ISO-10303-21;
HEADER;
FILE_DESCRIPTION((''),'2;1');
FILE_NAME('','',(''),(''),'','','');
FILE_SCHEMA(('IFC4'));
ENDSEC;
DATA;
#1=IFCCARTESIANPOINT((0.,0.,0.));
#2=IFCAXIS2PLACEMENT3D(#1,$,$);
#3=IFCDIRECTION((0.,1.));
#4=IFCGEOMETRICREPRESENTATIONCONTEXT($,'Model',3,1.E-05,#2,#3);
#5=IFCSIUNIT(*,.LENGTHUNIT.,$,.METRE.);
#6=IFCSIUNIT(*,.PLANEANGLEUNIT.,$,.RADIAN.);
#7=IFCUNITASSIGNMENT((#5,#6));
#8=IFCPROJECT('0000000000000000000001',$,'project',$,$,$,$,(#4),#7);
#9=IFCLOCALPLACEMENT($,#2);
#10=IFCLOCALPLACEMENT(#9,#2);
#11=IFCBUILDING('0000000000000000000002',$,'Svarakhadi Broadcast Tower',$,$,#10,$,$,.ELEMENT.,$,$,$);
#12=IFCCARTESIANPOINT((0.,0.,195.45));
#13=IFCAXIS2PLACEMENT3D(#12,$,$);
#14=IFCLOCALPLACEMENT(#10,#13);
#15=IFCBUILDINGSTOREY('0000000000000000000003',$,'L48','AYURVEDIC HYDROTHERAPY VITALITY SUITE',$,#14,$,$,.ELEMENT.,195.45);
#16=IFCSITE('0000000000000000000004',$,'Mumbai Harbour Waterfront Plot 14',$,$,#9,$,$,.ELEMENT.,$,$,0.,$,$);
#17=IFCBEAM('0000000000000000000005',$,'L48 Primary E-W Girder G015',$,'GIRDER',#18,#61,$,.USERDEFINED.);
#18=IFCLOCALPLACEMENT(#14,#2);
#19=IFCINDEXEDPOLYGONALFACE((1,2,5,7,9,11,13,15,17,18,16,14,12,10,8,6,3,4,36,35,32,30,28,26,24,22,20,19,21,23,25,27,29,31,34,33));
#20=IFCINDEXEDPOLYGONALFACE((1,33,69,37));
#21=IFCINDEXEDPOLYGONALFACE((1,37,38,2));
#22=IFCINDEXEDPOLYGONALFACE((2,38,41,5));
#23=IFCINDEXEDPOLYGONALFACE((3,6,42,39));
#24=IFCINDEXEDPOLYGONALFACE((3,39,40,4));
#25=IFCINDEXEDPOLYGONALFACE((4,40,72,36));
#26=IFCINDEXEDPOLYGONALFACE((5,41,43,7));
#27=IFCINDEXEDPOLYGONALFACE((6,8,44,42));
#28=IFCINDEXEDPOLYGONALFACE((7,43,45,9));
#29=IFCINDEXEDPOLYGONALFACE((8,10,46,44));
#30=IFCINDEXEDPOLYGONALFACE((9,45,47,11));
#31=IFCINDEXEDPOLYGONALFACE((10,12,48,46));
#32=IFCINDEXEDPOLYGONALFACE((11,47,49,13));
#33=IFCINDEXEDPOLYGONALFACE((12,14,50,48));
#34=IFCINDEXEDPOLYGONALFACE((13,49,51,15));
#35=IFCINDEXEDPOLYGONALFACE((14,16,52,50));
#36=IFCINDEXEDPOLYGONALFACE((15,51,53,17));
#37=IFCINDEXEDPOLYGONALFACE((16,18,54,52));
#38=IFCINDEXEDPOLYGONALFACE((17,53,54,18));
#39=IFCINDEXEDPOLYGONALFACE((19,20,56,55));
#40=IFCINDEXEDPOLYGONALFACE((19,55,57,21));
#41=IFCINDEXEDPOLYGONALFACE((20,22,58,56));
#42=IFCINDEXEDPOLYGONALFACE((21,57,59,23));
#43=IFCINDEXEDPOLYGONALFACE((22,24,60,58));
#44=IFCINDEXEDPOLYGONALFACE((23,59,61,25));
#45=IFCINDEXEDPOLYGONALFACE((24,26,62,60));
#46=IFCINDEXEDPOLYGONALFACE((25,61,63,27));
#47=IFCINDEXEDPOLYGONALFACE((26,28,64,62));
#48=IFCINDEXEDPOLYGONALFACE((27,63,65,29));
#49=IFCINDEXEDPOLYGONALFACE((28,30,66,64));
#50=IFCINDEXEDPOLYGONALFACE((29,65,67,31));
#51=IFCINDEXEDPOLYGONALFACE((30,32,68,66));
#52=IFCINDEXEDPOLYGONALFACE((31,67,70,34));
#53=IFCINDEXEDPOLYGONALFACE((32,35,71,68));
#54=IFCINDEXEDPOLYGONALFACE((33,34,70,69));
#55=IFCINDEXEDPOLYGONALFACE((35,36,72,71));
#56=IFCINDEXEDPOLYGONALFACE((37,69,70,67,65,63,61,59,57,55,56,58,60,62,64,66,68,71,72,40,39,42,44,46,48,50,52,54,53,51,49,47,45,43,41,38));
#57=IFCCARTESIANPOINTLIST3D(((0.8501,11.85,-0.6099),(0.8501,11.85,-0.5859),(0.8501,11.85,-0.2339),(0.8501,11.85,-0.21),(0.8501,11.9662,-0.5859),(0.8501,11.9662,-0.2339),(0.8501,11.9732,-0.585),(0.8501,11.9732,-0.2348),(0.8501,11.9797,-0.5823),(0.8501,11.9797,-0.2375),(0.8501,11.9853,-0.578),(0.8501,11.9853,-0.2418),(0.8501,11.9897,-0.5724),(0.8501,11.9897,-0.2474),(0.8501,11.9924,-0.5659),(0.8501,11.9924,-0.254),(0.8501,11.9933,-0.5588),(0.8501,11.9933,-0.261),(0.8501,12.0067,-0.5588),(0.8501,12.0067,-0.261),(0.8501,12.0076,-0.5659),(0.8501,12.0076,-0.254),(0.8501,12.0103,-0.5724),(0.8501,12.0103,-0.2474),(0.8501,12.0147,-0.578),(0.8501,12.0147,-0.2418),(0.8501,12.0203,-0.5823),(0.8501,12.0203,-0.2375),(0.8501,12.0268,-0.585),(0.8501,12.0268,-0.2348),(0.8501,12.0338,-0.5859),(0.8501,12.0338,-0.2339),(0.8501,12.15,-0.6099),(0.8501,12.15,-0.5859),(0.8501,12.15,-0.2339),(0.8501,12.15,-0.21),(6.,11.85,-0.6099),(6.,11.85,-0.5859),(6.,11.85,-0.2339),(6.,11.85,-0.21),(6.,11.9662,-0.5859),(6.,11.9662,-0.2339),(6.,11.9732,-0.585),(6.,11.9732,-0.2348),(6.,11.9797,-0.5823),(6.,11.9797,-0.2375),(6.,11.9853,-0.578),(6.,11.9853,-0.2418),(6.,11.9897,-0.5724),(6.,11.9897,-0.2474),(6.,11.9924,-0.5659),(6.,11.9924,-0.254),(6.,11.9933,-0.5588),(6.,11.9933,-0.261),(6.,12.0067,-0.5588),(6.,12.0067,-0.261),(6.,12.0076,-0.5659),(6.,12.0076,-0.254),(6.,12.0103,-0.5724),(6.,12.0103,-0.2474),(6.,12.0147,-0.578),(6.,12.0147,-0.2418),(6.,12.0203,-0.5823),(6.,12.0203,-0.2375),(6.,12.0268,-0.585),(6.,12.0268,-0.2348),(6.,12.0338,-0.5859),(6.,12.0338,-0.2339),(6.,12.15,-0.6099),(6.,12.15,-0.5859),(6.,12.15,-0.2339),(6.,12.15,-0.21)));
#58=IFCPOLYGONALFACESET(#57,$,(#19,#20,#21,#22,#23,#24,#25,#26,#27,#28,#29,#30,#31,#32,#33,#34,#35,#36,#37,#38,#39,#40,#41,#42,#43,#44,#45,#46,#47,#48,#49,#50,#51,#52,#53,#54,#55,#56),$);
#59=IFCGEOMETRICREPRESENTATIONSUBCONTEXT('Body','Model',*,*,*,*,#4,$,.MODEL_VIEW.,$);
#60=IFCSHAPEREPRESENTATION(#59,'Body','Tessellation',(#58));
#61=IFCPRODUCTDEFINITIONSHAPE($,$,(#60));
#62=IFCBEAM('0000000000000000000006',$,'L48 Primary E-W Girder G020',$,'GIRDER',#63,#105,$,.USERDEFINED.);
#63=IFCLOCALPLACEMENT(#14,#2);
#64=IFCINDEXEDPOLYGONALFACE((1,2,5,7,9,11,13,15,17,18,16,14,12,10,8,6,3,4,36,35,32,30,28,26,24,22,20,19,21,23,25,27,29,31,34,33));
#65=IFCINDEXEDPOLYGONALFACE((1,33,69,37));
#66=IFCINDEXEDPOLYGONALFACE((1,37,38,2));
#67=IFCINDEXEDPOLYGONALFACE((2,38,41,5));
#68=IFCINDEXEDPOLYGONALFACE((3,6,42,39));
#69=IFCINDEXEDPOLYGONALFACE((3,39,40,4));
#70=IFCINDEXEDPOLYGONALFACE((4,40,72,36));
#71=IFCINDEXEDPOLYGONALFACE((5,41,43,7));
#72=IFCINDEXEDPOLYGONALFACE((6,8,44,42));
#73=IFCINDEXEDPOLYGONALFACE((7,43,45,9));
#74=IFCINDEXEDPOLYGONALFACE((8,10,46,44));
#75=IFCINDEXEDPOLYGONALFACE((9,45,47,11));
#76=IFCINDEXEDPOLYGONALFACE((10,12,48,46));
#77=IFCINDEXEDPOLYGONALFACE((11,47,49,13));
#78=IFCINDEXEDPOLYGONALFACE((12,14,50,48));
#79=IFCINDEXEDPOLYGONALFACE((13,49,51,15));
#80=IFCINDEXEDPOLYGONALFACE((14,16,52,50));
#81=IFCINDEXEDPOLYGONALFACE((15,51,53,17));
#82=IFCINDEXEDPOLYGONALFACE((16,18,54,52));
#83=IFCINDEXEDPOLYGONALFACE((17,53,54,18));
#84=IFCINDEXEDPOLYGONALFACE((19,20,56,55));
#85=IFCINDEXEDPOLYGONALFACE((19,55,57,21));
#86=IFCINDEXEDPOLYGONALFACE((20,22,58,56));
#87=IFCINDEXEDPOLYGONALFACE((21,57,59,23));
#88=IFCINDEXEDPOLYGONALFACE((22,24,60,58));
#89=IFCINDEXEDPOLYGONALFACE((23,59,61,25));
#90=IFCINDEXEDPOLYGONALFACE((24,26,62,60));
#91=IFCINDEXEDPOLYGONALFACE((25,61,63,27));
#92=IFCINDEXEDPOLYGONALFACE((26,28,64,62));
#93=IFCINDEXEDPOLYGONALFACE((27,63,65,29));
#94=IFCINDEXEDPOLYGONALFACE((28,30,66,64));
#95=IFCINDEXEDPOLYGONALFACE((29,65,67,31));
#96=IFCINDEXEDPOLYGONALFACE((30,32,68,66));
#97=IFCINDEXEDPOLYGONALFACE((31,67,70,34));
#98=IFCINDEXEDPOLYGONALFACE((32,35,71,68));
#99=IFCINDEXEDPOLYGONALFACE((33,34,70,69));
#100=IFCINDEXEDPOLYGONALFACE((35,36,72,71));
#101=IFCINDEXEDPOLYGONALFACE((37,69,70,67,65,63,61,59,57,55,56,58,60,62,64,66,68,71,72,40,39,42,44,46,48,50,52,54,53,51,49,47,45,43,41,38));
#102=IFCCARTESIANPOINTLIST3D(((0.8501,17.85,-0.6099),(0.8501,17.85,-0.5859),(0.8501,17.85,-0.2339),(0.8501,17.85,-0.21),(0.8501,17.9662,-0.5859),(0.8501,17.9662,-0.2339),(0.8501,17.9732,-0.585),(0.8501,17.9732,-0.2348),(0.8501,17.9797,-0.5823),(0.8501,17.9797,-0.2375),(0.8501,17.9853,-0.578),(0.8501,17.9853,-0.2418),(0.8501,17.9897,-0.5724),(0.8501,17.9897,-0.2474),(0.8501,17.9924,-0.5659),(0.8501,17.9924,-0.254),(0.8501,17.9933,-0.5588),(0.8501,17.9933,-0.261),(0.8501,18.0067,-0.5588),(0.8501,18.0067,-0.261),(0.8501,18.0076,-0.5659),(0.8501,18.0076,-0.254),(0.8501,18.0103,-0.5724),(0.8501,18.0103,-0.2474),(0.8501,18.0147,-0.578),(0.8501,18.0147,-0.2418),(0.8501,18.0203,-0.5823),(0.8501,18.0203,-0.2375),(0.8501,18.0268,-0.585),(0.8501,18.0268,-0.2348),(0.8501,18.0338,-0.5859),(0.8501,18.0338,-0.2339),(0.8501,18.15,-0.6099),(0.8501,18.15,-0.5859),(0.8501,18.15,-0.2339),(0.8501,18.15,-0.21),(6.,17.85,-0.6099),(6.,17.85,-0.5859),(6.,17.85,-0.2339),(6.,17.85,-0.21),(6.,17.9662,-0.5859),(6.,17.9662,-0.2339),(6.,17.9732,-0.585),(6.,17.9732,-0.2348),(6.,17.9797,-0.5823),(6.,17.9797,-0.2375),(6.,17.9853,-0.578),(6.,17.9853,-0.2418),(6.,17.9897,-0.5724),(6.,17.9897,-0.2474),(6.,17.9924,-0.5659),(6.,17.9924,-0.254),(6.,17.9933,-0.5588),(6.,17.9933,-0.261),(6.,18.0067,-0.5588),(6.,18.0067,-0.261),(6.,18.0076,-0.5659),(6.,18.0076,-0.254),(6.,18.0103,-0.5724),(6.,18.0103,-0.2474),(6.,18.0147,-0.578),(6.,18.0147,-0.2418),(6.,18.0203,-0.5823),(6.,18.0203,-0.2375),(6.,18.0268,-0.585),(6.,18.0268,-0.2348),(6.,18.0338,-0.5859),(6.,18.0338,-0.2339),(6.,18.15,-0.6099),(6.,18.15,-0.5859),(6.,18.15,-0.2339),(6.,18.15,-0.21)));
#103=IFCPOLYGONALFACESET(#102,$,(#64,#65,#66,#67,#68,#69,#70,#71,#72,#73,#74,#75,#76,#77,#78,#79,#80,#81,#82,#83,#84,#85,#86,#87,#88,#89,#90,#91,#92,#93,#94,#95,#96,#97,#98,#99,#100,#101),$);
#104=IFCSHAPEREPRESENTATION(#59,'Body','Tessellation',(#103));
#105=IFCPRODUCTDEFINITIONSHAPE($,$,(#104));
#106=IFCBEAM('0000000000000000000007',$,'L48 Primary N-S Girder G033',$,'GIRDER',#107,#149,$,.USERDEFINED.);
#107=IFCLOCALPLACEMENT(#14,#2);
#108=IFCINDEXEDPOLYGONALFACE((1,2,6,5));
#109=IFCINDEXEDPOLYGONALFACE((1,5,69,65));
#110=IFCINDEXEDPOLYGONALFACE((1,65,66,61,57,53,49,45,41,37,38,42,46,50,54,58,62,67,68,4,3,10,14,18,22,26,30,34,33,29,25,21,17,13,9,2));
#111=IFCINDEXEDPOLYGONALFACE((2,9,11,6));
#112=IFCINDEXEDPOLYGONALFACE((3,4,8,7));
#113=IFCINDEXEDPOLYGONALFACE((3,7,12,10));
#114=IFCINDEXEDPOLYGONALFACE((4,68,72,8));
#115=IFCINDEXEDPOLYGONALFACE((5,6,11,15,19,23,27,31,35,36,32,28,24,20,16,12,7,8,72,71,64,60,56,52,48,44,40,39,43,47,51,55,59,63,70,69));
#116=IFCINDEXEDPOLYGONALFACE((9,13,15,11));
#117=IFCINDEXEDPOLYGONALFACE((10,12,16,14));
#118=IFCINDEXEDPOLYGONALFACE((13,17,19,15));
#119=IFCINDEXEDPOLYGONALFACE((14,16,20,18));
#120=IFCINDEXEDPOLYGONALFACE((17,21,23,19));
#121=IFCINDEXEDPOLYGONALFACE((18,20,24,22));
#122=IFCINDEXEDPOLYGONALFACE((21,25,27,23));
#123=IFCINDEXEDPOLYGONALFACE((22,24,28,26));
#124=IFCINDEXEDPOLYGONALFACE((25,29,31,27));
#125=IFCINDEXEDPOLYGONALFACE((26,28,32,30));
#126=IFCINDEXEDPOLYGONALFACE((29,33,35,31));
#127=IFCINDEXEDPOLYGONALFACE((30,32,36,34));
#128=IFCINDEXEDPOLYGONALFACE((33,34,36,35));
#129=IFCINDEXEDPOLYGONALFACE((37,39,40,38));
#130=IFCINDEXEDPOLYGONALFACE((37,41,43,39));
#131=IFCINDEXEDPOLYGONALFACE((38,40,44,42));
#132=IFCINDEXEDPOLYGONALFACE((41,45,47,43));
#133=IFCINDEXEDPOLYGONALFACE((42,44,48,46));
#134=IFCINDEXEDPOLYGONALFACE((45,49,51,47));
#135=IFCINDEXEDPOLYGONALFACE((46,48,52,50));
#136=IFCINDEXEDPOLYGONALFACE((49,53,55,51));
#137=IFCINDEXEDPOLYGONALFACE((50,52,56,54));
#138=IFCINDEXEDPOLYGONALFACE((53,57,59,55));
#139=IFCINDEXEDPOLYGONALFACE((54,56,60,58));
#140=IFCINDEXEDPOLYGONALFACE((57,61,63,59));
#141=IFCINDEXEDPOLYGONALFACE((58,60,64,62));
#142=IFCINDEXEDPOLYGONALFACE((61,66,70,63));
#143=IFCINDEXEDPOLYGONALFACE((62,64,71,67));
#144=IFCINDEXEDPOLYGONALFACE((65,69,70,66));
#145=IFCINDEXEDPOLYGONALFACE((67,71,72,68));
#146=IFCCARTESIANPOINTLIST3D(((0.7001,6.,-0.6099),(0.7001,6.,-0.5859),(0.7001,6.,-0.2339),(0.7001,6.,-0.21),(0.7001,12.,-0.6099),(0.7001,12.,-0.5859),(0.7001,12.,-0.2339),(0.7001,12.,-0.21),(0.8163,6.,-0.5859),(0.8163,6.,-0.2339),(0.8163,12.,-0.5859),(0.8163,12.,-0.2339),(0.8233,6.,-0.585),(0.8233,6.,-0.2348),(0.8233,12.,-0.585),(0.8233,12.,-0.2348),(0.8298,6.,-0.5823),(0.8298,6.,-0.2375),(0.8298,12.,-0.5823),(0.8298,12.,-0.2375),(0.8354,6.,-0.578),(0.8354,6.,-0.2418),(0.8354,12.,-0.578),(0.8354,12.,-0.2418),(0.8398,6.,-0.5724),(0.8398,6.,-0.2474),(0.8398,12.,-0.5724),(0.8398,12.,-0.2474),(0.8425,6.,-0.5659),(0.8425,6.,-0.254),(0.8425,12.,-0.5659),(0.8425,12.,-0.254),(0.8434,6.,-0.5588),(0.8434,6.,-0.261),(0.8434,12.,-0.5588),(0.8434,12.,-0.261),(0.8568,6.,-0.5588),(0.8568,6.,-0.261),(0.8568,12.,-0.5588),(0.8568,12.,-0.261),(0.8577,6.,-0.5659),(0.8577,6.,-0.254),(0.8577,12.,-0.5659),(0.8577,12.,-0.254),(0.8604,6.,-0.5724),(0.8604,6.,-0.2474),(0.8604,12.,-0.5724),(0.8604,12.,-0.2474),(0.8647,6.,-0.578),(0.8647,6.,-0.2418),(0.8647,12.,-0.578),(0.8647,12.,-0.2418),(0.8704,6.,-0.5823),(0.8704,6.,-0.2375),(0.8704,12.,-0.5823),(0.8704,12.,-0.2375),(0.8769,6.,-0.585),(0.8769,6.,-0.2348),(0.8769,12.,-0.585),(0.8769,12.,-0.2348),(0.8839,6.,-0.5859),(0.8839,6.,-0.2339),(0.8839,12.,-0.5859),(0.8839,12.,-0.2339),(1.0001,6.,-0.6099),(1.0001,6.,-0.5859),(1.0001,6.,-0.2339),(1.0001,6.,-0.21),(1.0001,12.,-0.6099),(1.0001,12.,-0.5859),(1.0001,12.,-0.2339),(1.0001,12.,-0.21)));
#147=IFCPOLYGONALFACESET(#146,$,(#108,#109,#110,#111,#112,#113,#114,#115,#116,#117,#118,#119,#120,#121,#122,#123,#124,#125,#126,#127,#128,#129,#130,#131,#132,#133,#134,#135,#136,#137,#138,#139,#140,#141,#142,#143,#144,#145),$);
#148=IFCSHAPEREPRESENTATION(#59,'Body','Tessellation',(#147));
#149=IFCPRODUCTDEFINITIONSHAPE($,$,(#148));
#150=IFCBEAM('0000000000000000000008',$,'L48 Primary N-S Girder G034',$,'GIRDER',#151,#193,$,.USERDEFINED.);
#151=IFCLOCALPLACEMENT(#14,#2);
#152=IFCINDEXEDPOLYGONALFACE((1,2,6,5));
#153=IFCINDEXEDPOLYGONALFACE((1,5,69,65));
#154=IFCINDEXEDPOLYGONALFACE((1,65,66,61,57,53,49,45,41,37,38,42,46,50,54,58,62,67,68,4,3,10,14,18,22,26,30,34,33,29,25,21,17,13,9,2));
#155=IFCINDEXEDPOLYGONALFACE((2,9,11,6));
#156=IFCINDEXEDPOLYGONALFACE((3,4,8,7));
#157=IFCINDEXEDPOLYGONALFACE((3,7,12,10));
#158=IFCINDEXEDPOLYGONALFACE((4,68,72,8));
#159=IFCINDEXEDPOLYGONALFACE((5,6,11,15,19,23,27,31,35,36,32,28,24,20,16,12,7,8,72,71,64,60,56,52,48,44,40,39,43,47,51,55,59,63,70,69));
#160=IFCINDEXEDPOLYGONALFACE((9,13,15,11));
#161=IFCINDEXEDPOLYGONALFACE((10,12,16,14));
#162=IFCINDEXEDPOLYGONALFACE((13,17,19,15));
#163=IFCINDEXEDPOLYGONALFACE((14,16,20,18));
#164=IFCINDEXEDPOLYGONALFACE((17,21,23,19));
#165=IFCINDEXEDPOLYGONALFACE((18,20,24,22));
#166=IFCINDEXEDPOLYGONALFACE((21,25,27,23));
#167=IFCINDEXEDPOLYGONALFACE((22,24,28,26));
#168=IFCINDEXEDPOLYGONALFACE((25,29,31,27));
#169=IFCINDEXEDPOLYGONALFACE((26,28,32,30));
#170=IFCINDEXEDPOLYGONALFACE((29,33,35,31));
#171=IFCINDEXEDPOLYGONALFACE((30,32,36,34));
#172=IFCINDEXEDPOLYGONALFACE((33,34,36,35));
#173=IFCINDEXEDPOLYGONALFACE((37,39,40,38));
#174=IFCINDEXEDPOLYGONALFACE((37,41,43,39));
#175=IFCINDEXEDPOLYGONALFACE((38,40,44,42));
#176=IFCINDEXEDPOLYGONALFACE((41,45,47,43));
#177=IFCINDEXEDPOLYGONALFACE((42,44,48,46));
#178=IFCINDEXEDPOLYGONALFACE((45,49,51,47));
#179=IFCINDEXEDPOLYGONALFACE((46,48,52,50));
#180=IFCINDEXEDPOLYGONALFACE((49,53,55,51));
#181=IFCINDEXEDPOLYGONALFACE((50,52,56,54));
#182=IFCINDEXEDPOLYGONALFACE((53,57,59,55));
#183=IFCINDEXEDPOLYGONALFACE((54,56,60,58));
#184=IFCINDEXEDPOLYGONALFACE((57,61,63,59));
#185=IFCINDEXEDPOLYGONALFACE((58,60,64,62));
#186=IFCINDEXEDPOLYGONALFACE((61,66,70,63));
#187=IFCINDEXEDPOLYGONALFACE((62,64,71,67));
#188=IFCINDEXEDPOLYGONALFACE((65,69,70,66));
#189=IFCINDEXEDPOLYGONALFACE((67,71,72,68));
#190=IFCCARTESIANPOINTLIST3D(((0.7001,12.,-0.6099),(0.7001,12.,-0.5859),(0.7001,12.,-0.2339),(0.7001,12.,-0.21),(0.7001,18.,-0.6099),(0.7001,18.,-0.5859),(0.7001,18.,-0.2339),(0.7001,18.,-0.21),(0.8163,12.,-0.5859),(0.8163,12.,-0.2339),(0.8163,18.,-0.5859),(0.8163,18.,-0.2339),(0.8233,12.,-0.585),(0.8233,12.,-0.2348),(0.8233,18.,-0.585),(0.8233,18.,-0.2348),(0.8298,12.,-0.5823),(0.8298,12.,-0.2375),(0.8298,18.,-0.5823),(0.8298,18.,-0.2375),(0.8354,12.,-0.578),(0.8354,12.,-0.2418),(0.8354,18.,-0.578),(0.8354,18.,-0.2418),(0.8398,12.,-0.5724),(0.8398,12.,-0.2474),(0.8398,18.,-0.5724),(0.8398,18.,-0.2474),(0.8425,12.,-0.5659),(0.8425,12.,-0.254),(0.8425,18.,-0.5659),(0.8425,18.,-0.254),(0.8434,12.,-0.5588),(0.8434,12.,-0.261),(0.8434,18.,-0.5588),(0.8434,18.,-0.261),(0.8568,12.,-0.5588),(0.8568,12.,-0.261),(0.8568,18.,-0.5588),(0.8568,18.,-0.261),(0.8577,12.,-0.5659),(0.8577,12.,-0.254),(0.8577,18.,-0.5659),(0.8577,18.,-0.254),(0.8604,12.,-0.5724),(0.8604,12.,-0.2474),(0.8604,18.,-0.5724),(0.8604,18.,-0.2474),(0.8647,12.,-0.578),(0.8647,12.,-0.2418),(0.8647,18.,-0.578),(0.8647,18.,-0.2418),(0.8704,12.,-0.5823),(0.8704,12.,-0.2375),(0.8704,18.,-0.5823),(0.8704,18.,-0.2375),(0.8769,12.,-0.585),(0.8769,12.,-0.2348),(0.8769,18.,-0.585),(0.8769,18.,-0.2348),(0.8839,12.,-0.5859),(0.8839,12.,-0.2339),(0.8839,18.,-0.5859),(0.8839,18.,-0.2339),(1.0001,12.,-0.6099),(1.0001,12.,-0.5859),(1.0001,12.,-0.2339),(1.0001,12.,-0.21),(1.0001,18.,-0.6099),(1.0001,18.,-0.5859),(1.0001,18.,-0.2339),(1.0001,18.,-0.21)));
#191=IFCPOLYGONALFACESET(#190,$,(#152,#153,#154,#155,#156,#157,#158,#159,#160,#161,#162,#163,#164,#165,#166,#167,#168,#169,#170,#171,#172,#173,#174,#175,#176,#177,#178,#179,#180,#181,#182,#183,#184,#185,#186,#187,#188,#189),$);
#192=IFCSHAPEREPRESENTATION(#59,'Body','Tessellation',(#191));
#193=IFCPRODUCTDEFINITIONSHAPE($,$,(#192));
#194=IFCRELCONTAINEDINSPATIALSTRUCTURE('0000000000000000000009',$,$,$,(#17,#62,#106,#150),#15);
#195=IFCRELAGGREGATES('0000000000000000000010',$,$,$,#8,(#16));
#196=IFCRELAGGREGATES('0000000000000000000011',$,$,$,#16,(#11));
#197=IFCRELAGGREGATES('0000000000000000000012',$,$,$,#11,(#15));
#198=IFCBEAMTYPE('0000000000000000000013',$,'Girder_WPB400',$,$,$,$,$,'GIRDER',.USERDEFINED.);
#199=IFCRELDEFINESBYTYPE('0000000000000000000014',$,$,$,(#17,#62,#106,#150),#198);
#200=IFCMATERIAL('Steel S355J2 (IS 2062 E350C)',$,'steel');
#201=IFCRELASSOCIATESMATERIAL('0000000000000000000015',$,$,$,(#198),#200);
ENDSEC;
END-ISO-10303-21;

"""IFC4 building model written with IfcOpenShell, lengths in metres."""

from ifc_helpers import new_model, si_unit, direction, frame, origin, origin_2d, place, context, subcontext, project, spatial, i_section, extrude, material, material_profile, profile_set, type_object, element, save


model = new_model("IFC4")

# Units and contexts
model_context = context("Model", 3, precision=1e-05, world=origin(), true_north=direction((0.0, 1.0)))
body_context = subcontext(model_context, "Body", "Model", "MODEL_VIEW")
ifc_project = project(units=[si_unit("LENGTHUNIT", "METRE"), si_unit("PLANEANGLEUNIT", "RADIAN")], contexts=[model_context])

# Site, building, storey
site_placement = place(None, origin())
site = spatial("IfcSite", under=ifc_project, at=site_placement, Name="Mumbai Harbour Waterfront Plot 14", CompositionType="ELEMENT", RefElevation=0.0)
building_placement = place(site_placement, origin())
building = spatial("IfcBuilding", under=site, at=building_placement, Name="Svarakhadi Broadcast Tower", CompositionType="ELEMENT")
storey_placement = place(building_placement, frame((0.0, 0.0, 195.45)))
storey = spatial("IfcBuildingStorey", under=building, at=storey_placement, Name="L48", Description="AYURVEDIC HYDROTHERAPY VITALITY SUITE", CompositionType="ELEMENT", Elevation=195.45)

# Shared definitions
ifc_material_1 = material(Name="Steel S355J2 (IS 2062 E350C)", Category="steel")

# Beams
ifc_material_profile_1 = material_profile(ifc_material_1, i_section(OverallWidth=0.3, OverallDepth=0.3999, WebThickness=0.0134, FlangeThickness=0.0239, FilletRadius=0.0271, at=origin_2d()), Name="WPB 400x300x155")
ifc_profile_set_1 = profile_set([ifc_material_profile_1], Name="Steel S355J2 (IS 2062 E350C)")
beam_type_1 = type_object("IfcBeamType", Name="Girder_WPB400", ElementType="GIRDER", PredefinedType="USERDEFINED", material=ifc_profile_set_1)
for number, where, z_axis, x_axis, name in (
    (1, (0.8501, 12.0, -0.4099), (1.0, 0.0, 0.0), (0.0, 1.0, 0.0), "L48 Primary E-W Girder G015"),
    (2, (0.8501, 18.0, -0.4099), (1.0, 0.0, 0.0), (0.0, 1.0, 0.0), "L48 Primary E-W Girder G020"),
):
    element("IfcBeam", number, at=place(storey_placement, frame(where, z_axis=z_axis, x_axis=x_axis)), inside=storey, type_object=beam_type_1, Name=name, ObjectType="GIRDER", PredefinedType="USERDEFINED", context=body_context, shape_type="SweptSolid", body=[
        extrude(i_section(OverallWidth=0.3, OverallDepth=0.3999, WebThickness=0.0134, FlangeThickness=0.0239, FilletRadius=0.0271, at=origin_2d()), origin(), (0.0, 0.0, 1.0), 5.1499),
    ])
for number, where, z_axis, x_axis, name in (
    (3, (0.8501, 6.0, -0.4099), (0.0, 1.0, 0.0), (-1.0, 0.0, 0.0), "L48 Primary N-S Girder G033"),
    (4, (0.8501, 12.0, -0.4099), (0.0, 1.0, 0.0), (-1.0, 0.0, 0.0), "L48 Primary N-S Girder G034"),
):
    element("IfcBeam", number, at=place(storey_placement, frame(where, z_axis=z_axis, x_axis=x_axis)), inside=storey, type_object=beam_type_1, Name=name, ObjectType="GIRDER", PredefinedType="USERDEFINED", context=body_context, shape_type="SweptSolid", body=[
        extrude(i_section(OverallWidth=0.3, OverallDepth=0.3999, WebThickness=0.0134, FlangeThickness=0.0239, FilletRadius=0.0271, at=origin_2d()), origin(), (0.0, 0.0, 1.0), 6.0),
    ])

save(model, "model.ifc")
